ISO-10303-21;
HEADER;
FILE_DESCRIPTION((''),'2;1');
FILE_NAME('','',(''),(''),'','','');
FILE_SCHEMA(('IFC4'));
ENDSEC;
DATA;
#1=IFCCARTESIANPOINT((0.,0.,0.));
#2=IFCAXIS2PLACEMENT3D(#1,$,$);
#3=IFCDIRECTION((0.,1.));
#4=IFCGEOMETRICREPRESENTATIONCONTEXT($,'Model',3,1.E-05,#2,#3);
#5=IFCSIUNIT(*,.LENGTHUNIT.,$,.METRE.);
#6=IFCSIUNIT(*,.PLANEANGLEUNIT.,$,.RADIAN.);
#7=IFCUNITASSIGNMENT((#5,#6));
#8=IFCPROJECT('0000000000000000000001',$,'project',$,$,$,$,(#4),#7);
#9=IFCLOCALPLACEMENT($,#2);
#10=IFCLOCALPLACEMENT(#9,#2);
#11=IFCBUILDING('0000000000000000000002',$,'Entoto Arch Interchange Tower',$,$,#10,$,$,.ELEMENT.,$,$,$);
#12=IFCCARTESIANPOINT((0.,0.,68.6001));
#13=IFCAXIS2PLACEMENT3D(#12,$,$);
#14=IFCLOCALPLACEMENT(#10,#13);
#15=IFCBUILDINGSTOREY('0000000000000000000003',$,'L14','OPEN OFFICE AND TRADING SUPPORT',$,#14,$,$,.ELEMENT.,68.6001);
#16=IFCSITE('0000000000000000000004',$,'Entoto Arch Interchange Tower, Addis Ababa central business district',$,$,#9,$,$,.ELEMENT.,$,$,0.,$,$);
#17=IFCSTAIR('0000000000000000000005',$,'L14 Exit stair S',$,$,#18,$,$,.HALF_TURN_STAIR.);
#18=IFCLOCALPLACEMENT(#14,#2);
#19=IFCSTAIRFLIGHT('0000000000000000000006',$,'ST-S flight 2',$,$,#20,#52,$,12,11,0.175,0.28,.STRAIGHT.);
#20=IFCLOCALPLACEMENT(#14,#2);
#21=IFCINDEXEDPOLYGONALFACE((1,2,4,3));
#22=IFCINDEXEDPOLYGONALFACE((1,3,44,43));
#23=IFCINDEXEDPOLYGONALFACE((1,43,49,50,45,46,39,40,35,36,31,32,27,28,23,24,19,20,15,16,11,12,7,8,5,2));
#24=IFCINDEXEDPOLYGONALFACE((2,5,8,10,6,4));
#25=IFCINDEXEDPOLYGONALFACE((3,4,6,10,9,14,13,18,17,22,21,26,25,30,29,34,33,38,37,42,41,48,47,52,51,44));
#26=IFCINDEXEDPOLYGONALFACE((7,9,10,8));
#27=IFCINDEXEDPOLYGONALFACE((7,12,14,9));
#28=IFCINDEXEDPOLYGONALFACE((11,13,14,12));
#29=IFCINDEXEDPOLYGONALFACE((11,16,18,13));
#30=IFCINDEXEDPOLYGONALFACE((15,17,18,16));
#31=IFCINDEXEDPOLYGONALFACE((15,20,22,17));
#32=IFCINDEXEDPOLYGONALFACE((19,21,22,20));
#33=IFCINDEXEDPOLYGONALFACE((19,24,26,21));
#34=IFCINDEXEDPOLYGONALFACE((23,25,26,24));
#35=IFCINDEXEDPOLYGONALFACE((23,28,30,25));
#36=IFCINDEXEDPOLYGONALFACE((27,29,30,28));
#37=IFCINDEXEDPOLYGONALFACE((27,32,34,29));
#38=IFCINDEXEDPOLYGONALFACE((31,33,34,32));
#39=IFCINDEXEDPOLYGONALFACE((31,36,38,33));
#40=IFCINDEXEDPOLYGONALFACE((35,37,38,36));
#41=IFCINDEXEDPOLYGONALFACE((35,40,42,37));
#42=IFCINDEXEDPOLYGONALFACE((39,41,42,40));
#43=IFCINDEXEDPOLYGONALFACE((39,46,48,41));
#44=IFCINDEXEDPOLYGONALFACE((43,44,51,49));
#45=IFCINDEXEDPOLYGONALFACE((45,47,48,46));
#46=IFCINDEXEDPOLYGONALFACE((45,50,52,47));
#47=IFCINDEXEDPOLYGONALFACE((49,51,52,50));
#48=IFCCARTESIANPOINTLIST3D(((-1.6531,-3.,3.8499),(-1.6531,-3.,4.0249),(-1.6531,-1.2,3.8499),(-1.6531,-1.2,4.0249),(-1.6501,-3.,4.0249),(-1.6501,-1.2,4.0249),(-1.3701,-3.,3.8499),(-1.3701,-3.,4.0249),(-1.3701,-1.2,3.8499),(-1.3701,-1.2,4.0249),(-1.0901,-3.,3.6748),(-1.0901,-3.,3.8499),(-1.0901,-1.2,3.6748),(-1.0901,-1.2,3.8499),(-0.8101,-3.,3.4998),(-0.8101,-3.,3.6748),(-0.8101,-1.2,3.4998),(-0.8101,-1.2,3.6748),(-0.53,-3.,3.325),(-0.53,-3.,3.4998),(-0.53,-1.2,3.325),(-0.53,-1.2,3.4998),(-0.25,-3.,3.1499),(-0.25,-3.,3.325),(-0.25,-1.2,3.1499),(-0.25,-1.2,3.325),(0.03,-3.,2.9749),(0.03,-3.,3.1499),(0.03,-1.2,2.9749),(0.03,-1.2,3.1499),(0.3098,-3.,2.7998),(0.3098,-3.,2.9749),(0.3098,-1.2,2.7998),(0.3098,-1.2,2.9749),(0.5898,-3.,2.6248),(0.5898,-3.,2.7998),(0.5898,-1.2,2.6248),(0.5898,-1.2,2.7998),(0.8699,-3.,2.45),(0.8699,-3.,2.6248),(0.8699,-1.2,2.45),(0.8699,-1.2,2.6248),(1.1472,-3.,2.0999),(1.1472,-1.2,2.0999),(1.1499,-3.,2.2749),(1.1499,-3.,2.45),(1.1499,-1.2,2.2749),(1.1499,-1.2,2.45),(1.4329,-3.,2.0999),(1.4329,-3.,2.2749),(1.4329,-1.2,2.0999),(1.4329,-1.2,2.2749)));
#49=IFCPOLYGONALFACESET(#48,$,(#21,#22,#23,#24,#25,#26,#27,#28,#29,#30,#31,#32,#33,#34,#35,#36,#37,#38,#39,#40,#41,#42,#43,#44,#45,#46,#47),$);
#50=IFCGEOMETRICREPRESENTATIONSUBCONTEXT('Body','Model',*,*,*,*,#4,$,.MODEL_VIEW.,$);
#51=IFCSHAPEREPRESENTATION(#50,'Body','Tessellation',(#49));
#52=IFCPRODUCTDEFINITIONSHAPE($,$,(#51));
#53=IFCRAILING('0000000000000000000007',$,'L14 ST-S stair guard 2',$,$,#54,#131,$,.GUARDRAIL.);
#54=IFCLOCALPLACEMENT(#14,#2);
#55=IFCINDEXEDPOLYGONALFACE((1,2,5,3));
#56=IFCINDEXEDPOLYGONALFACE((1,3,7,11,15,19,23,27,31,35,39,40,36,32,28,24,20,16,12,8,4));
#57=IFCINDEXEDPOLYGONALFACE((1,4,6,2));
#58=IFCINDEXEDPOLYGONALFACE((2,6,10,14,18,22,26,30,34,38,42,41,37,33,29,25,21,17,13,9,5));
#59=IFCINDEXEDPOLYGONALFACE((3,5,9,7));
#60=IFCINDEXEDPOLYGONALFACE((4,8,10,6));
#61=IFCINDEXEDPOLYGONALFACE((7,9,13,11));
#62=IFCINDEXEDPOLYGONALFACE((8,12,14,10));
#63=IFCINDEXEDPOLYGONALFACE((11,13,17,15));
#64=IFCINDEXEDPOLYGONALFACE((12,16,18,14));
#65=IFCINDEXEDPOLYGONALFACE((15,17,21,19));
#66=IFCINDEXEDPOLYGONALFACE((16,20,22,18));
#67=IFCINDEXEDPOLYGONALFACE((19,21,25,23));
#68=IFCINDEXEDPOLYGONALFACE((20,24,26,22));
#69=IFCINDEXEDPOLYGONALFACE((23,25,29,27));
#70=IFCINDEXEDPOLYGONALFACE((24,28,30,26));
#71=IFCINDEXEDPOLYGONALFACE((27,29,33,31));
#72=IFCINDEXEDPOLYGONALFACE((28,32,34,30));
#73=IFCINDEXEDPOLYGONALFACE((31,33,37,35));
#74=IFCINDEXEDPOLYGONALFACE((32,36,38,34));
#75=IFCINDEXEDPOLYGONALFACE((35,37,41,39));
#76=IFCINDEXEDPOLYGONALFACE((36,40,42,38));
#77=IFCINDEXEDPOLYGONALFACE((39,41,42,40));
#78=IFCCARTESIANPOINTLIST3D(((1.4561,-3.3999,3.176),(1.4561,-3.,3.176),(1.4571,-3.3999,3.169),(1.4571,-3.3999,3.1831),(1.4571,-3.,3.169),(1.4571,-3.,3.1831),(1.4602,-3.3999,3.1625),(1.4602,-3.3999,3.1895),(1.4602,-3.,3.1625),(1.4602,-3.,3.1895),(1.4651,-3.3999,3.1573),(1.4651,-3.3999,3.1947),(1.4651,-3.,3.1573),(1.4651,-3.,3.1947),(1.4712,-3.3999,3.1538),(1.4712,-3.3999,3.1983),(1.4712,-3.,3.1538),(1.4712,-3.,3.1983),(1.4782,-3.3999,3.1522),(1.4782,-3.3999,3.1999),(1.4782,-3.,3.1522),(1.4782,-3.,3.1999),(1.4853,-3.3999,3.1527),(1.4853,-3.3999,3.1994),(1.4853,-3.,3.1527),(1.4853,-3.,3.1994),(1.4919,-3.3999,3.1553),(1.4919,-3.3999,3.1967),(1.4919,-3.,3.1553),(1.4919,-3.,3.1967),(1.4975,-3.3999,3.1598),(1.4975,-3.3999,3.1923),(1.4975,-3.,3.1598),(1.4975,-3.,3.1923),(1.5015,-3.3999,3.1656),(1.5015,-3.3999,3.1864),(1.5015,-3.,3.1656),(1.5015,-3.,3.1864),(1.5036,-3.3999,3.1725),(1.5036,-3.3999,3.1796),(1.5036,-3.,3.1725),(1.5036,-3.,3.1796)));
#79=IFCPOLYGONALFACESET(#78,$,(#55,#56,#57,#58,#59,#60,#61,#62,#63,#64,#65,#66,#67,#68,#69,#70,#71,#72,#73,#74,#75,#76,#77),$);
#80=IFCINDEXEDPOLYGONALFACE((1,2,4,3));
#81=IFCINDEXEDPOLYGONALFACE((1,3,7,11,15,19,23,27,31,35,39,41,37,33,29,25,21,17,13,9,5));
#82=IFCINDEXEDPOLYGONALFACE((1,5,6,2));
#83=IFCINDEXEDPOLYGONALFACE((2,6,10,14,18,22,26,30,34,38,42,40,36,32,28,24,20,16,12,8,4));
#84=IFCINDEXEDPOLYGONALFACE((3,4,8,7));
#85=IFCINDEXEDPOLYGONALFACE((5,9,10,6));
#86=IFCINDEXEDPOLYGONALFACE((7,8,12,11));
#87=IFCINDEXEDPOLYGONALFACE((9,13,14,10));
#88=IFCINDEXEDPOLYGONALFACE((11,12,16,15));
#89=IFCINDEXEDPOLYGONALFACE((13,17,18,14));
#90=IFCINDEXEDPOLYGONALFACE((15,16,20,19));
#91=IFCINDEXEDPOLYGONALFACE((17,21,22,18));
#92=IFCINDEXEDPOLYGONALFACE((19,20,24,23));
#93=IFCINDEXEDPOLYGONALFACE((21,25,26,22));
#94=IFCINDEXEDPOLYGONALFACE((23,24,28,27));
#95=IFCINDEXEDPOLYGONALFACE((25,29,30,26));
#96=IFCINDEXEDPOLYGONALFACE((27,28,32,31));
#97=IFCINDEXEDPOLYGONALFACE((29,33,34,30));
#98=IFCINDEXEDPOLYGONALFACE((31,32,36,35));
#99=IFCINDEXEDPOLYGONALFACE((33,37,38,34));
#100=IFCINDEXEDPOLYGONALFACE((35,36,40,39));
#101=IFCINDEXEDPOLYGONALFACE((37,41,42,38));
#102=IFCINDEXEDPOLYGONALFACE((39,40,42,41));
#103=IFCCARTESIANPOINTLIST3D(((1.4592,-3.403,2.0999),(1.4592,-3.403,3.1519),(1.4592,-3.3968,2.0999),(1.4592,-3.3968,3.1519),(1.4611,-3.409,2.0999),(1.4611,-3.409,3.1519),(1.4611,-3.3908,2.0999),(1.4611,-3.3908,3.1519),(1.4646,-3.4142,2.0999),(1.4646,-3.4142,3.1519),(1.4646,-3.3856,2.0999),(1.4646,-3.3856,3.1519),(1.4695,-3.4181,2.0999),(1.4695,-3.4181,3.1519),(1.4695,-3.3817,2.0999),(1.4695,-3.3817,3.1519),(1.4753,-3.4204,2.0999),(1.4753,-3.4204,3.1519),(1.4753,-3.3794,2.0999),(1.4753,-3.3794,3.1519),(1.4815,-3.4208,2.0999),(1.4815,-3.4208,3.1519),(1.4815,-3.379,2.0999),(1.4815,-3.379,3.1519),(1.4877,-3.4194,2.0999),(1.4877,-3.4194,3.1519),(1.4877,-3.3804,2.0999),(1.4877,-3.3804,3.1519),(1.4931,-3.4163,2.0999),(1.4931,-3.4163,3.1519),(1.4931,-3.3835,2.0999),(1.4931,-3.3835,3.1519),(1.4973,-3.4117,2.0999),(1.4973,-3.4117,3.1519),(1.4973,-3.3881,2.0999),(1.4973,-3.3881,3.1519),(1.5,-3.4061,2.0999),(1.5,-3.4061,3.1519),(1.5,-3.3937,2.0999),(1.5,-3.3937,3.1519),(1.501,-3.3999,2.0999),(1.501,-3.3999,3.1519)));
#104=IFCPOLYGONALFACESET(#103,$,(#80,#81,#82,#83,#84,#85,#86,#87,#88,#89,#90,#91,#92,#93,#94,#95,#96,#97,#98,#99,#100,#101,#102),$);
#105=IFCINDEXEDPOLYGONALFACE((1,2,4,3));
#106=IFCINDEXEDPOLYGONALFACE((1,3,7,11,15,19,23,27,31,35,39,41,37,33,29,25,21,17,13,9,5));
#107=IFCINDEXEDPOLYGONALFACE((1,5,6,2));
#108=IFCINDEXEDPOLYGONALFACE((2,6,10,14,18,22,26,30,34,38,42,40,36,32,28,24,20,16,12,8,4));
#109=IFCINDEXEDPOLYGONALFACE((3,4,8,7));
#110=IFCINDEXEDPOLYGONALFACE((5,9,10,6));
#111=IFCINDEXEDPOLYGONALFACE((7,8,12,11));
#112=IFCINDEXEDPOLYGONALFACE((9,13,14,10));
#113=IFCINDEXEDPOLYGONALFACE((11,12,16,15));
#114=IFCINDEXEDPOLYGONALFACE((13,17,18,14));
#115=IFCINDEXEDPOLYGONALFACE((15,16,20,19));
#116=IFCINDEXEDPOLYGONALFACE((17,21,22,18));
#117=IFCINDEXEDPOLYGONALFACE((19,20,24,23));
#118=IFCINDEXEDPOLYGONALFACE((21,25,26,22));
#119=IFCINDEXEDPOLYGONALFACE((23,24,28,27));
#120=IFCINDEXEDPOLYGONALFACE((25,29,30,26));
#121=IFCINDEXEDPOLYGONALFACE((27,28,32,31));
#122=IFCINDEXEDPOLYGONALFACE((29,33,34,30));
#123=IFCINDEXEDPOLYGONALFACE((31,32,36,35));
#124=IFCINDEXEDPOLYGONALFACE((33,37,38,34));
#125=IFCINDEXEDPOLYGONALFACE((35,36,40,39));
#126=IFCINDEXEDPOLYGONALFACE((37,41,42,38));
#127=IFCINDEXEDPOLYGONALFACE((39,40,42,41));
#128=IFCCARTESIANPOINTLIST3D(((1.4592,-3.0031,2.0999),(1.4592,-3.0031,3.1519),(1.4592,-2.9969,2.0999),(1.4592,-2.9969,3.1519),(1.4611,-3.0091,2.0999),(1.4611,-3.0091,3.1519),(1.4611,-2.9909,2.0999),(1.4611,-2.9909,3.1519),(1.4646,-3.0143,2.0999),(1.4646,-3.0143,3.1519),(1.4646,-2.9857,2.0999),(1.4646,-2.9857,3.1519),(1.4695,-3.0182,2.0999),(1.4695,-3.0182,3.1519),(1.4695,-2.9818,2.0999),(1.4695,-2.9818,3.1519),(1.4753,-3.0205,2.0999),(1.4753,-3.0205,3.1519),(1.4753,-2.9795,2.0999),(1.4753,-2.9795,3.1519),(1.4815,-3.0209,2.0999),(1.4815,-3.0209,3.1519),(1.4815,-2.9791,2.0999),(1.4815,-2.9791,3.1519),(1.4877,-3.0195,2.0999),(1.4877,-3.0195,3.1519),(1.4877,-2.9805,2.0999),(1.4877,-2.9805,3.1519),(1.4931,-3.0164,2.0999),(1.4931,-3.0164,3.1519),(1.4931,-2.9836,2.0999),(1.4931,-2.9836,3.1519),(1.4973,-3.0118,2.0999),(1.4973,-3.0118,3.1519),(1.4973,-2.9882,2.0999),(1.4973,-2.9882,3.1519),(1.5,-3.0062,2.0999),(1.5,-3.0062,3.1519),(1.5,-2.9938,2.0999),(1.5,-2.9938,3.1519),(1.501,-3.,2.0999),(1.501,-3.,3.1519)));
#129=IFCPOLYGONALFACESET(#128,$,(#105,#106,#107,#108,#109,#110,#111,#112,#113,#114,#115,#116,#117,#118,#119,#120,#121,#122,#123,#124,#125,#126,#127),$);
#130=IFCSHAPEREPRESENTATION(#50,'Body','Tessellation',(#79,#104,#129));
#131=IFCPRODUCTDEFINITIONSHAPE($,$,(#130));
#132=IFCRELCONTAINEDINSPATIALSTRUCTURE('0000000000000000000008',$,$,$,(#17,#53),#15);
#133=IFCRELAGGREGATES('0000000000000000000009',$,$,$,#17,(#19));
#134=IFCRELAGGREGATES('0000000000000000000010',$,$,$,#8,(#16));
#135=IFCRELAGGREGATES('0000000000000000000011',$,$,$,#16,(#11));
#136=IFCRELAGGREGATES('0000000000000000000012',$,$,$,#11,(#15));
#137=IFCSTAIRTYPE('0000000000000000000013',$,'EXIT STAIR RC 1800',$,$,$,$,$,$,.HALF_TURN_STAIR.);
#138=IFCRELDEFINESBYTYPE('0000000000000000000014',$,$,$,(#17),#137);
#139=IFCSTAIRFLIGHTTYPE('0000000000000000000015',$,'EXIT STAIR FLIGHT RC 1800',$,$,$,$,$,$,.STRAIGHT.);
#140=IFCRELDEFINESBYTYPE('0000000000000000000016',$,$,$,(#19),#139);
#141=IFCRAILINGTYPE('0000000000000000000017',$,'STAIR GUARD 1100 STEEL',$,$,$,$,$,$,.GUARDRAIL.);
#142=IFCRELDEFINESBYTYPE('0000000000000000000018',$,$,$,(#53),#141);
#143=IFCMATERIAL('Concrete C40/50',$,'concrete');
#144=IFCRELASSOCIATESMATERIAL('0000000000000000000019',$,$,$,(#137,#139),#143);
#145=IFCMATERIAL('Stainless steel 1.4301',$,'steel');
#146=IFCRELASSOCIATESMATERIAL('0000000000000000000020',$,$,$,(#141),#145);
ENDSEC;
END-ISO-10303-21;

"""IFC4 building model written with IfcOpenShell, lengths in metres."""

from ifc_helpers import new_model, si_unit, direction, frame, origin, origin_2d, place, context, subcontext, project, spatial, polyline, circle, outline, extrude, material, type_object, element, aggregate, save


model = new_model("IFC4")

# Units and contexts
model_context = context("Model", 3, precision=1e-05, world=origin(), true_north=direction((0.0, 1.0)))
body_context = subcontext(model_context, "Body", "Model", "MODEL_VIEW")
ifc_project = project(units=[si_unit("LENGTHUNIT", "METRE"), si_unit("PLANEANGLEUNIT", "RADIAN")], contexts=[model_context])

# Site, building, storey
site_placement = place(None, origin())
site = spatial("IfcSite", under=ifc_project, at=site_placement, Name="Entoto Arch Interchange Tower, Addis Ababa central business district", CompositionType="ELEMENT", RefElevation=0.0)
building_placement = place(site_placement, origin())
building = spatial("IfcBuilding", under=site, at=building_placement, Name="Entoto Arch Interchange Tower", CompositionType="ELEMENT")
storey_placement = place(building_placement, frame((0.0, 0.0, 68.6001)))
storey = spatial("IfcBuildingStorey", under=building, at=storey_placement, Name="L14", Description="OPEN OFFICE AND TRADING SUPPORT", CompositionType="ELEMENT", Elevation=68.6001)

# Shared definitions
ifc_material_1 = material(Name="Concrete C40/50", Category="concrete")

# Stair, stair flight
stair_type = type_object("IfcStairType", Name="EXIT STAIR RC 1800", PredefinedType="HALF_TURN_STAIR", material=ifc_material_1)
stair_placement = place(storey_placement, origin())
stair = element("IfcStair", 1, at=stair_placement, inside=storey, type_object=stair_type, Name="L14 Exit stair S", PredefinedType="HALF_TURN_STAIR")
stair_flight_type = type_object("IfcStairFlightType", Name="EXIT STAIR FLIGHT RC 1800", PredefinedType="STRAIGHT", material=ifc_material_1)
stair_flight_placement = place(storey_placement, frame((1.4299, -2.1001, 2.0999), z_axis=(0.0, 0.0, 1.0), x_axis=(-1.0, 0.0, 0.0)))
stair_flight = element("IfcStairFlight", 2, at=stair_flight_placement, type_object=stair_flight_type, Name="ST-S flight 2", NumberOfRisers=12, NumberOfTreads=11, PredefinedType="STRAIGHT", RiserHeight=0.175, TreadLength=0.28, context=body_context, shape_type="SweptSolid", body=[
    extrude(outline(polyline([(-0.0029, 0.0), (-0.0029, 0.175), (0.28, 0.175), (0.28, 0.3501), (0.5601, 0.3501), (0.5601, 0.5249), (0.8401, 0.5249), (0.8401, 0.7), (1.1201, 0.7), (1.1201, 0.875), (1.3999, 0.875), (1.3999, 1.05), (1.6799, 1.05), (1.6799, 1.2251), (1.96, 1.2251), (1.96, 1.3999), (2.24, 1.3999), (2.24, 1.575), (2.52, 1.575), (2.52, 1.75), (2.8, 1.75), (2.8, 1.925), (3.0801, 1.925), (3.083, 1.925), (3.083, 1.75), (0.2827, 0.0), (-0.0029, 0.0)])), frame((0.0, 0.8999, 0.0), z_axis=(0.0, -1.0, 0.0), x_axis=(1.0, 0.0, 0.0)), (0.0, 0.0, 1.0), 1.8),
])
aggregate(stair, [stair_flight])

# Railing
ifc_material_2 = material(Name="Stainless steel 1.4301", Category="steel")
railing_type_1 = type_object("IfcRailingType", Name="STAIR GUARD 1100 STEEL", PredefinedType="GUARDRAIL", material=ifc_material_2)
railing_1_placement = place(storey_placement, frame((1.48, -3.3999, 2.0999)))
element("IfcRailing", 3, at=railing_1_placement, inside=storey, type_object=railing_type_1, Name="L14 ST-S stair guard 2", PredefinedType="GUARDRAIL", context=body_context, shape_type="SweptSolid", body=[
    extrude(circle(Radius=0.0239, at=origin_2d()), frame((0.0, 0.0, 1.0762), z_axis=(0.0, 1.0, 0.0), x_axis=(-1.0, 0.0, 0.0)), (0.0, 0.0, 1.0), 0.3999),
    extrude(circle(Radius=0.021, at=origin_2d()), origin(), (0.0, 0.0, 1.0), 1.052),
    extrude(circle(Radius=0.021, at=origin_2d()), frame((0.0, 0.3999, 0.0)), (0.0, 0.0, 1.0), 1.052),
])

save(model, "model.ifc")
